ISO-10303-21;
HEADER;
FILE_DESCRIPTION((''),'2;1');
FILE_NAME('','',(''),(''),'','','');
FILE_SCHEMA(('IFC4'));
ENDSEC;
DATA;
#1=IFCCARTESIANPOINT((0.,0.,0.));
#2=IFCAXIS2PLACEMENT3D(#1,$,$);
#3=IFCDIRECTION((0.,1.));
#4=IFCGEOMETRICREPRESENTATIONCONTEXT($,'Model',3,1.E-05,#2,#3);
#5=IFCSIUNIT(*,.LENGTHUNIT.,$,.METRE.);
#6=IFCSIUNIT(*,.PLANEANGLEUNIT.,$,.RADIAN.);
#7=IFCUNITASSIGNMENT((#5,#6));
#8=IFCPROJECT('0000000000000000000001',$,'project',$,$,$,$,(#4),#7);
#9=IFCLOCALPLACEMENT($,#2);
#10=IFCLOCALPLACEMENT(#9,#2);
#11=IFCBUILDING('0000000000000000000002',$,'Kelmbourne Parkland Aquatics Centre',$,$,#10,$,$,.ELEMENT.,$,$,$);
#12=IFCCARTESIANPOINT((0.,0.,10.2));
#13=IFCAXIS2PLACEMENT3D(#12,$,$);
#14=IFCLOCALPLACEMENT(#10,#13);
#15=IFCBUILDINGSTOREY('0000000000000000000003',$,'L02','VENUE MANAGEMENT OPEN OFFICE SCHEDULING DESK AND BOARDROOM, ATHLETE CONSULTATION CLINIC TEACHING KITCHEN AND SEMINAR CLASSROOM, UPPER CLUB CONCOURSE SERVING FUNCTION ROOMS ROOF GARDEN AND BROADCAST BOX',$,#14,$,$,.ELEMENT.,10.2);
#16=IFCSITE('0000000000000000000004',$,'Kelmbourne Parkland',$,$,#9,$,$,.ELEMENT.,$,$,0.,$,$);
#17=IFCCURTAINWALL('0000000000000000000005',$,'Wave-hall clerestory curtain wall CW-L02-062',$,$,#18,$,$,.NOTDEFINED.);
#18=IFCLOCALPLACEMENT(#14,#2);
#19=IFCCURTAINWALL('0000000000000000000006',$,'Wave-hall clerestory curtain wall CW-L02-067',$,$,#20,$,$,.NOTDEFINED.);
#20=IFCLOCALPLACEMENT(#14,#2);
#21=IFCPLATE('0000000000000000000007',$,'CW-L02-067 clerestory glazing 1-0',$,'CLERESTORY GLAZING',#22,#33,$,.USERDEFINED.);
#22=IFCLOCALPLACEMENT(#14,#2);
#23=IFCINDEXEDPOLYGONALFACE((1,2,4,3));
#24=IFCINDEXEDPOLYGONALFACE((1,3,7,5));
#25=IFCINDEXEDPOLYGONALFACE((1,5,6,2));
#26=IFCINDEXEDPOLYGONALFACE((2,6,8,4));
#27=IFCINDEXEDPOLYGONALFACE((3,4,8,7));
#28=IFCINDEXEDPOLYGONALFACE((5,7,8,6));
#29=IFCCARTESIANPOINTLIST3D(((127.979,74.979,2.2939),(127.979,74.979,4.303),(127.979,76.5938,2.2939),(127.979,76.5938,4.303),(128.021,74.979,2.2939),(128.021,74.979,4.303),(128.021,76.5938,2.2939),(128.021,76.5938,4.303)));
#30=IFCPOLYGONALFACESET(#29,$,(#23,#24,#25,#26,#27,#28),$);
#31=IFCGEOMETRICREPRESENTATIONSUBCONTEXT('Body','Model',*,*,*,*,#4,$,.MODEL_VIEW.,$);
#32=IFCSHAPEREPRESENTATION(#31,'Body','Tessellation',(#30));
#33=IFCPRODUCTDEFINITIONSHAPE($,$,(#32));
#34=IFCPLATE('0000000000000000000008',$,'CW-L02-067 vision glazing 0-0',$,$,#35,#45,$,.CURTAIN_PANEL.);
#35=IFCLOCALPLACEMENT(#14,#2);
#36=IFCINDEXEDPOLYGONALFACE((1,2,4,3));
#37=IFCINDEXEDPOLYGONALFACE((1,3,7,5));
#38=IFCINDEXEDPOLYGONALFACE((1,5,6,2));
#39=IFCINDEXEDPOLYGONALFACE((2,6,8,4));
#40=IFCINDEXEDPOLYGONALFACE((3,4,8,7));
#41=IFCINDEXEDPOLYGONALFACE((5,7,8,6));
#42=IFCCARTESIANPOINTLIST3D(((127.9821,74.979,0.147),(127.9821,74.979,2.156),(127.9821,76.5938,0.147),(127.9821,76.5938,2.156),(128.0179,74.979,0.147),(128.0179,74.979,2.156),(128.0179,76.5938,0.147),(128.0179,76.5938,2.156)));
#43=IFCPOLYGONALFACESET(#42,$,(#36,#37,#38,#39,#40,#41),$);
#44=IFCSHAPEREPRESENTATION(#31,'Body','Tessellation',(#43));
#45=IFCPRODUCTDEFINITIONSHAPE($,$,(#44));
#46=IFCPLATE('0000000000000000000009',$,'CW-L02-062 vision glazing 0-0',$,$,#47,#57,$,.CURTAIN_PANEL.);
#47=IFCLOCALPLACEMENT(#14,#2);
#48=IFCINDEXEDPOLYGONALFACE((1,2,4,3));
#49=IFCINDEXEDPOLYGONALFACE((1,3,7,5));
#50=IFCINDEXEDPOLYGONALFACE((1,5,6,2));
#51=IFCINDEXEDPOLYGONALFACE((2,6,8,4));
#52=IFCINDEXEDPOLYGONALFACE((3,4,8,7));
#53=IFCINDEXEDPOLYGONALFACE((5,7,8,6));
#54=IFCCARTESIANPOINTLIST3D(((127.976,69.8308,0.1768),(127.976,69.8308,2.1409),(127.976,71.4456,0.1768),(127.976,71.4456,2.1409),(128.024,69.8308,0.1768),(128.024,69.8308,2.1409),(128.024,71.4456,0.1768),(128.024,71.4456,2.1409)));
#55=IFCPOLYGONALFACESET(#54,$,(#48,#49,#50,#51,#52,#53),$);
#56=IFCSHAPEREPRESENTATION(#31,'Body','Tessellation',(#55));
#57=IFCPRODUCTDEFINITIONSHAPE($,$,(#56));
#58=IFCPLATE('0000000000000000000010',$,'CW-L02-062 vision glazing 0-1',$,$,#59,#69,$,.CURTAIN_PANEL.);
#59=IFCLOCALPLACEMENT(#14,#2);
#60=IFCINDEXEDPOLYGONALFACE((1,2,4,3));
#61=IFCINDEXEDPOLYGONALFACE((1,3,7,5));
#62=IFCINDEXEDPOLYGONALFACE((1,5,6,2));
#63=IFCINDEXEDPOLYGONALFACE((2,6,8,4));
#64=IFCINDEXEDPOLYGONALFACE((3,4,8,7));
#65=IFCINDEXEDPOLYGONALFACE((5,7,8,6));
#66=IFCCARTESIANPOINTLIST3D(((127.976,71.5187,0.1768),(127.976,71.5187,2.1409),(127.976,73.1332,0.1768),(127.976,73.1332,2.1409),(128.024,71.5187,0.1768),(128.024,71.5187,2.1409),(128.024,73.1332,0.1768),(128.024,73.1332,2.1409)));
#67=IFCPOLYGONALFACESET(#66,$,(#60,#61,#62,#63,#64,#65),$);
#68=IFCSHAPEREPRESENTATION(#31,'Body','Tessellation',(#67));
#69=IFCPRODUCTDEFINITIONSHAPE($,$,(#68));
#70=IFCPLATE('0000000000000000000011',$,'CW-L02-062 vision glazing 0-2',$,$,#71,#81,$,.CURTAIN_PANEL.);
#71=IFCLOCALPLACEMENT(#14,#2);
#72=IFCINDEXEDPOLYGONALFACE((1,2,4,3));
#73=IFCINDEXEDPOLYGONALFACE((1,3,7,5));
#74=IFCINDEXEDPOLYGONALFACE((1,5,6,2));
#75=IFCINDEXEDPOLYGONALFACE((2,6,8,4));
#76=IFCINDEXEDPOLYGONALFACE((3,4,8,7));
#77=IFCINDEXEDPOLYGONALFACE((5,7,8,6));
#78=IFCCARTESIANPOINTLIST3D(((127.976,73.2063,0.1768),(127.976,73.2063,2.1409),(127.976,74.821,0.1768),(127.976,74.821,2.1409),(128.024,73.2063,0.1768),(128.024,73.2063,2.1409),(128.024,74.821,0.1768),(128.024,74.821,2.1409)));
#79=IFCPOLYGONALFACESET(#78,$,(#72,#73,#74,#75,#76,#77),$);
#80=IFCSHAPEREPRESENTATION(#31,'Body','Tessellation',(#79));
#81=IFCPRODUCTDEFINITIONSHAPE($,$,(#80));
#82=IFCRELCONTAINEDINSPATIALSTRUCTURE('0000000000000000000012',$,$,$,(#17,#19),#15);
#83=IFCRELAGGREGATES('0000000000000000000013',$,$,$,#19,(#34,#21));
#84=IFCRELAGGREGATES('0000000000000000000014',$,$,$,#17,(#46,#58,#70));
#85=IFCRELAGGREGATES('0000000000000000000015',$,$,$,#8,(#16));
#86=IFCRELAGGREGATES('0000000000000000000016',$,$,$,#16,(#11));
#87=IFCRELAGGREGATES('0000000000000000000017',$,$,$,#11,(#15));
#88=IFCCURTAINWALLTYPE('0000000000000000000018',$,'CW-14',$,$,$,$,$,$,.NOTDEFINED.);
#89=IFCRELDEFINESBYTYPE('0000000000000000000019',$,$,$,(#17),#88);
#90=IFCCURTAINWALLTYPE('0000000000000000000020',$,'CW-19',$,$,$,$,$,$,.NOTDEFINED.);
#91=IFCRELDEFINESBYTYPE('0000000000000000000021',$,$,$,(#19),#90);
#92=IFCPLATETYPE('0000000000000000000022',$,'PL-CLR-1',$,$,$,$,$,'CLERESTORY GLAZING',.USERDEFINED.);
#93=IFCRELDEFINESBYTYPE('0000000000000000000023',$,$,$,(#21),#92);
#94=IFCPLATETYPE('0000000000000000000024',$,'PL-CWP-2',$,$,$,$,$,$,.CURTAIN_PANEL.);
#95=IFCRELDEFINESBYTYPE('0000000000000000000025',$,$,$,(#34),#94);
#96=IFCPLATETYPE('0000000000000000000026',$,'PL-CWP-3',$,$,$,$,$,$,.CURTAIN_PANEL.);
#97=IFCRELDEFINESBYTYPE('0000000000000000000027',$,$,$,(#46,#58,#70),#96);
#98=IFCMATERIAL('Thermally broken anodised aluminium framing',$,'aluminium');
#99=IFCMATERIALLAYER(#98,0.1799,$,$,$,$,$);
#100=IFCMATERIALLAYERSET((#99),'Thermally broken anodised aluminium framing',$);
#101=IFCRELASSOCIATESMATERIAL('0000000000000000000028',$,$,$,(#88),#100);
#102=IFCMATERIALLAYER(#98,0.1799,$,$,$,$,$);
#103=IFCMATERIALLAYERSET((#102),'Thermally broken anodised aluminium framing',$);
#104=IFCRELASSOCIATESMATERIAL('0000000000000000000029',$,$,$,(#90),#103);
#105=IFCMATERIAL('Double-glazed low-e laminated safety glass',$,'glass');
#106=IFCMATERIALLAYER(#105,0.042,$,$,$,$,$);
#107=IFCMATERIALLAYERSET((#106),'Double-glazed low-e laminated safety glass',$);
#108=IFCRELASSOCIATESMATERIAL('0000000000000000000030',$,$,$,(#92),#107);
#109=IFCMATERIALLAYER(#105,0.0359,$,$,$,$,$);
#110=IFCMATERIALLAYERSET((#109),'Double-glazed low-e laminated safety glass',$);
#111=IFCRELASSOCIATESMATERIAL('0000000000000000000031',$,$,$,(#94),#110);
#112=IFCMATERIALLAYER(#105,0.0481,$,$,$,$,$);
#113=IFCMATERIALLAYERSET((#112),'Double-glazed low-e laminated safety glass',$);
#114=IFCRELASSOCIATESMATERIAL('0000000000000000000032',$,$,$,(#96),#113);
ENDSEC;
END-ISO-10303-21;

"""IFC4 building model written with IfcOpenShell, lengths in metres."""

from ifc_helpers import new_model, si_unit, direction, frame, origin, origin_2d, place, context, subcontext, project, spatial, rectangle, extrude, material, layer, layer_set, type_object, element, aggregate, save


model = new_model("IFC4")

# Units and contexts
model_context = context("Model", 3, precision=1e-05, world=origin(), true_north=direction((0.0, 1.0)))
body_context = subcontext(model_context, "Body", "Model", "MODEL_VIEW")
ifc_project = project(units=[si_unit("LENGTHUNIT", "METRE"), si_unit("PLANEANGLEUNIT", "RADIAN")], contexts=[model_context])

# Site, building, storey
site_placement = place(None, origin())
site = spatial("IfcSite", under=ifc_project, at=site_placement, Name="Kelmbourne Parkland", CompositionType="ELEMENT", RefElevation=0.0)
building_placement = place(site_placement, origin())
building = spatial("IfcBuilding", under=site, at=building_placement, Name="Kelmbourne Parkland Aquatics Centre", CompositionType="ELEMENT")
storey_placement = place(building_placement, frame((0.0, 0.0, 10.2)))
storey = spatial("IfcBuildingStorey", under=building, at=storey_placement, Name="L02", Description="VENUE MANAGEMENT OPEN OFFICE SCHEDULING DESK AND BOARDROOM, ATHLETE CONSULTATION CLINIC TEACHING KITCHEN AND SEMINAR CLASSROOM, UPPER CLUB CONCOURSE SERVING FUNCTION ROOMS ROOF GARDEN AND BROADCAST BOX", CompositionType="ELEMENT", Elevation=10.2)

# Curtain walls
ifc_material_1 = material(Name="Thermally broken anodised aluminium framing", Category="aluminium")
ifc_layer_1 = layer(ifc_material_1, 0.1799)
ifc_layer_set_1 = layer_set([ifc_layer_1], Name="Thermally broken anodised aluminium framing")
curtain_wall_type_1 = type_object("IfcCurtainWallType", Name="CW-14", PredefinedType="NOTDEFINED", material=ifc_layer_set_1)
curtain_wall_1_placement = place(storey_placement, origin())
curtain_wall_1 = element("IfcCurtainWall", 1, at=curtain_wall_1_placement, inside=storey, type_object=curtain_wall_type_1, Name="Wave-hall clerestory curtain wall CW-L02-062", PredefinedType="NOTDEFINED")
ifc_layer_2 = layer(ifc_material_1, 0.1799)
ifc_layer_set_2 = layer_set([ifc_layer_2], Name="Thermally broken anodised aluminium framing")
curtain_wall_type_2 = type_object("IfcCurtainWallType", Name="CW-19", PredefinedType="NOTDEFINED", material=ifc_layer_set_2)
curtain_wall_2_placement = place(storey_placement, origin())
curtain_wall_2 = element("IfcCurtainWall", 2, at=curtain_wall_2_placement, inside=storey, type_object=curtain_wall_type_2, Name="Wave-hall clerestory curtain wall CW-L02-067", PredefinedType="NOTDEFINED")

# Shared definitions
ifc_material_2 = material(Name="Double-glazed low-e laminated safety glass", Category="glass")
ifc_layer_3 = layer(ifc_material_2, 0.042)
ifc_layer_set_3 = layer_set([ifc_layer_3], Name="Double-glazed low-e laminated safety glass")
plate_type_1 = type_object("IfcPlateType", Name="PL-CLR-1", ElementType="CLERESTORY GLAZING", PredefinedType="USERDEFINED", material=ifc_layer_set_3)

# Plates
plate_1_placement = place(storey_placement, frame((128.0, 75.7864, 2.2939), z_axis=(0.0, 0.0, 1.0), x_axis=(0.0, 1.0, 0.0)))
plate_1 = element("IfcPlate", 3, at=plate_1_placement, type_object=plate_type_1, Name="CW-L02-067 clerestory glazing 1-0", ObjectType="CLERESTORY GLAZING", PredefinedType="USERDEFINED", context=body_context, shape_type="SweptSolid", body=[
    extrude(rectangle(XDim=1.6147, YDim=0.042, at=origin_2d()), origin(), (0.0, 0.0, 1.0), 2.009),
])
ifc_layer_4 = layer(ifc_material_2, 0.0359)
ifc_layer_set_4 = layer_set([ifc_layer_4], Name="Double-glazed low-e laminated safety glass")
plate_type_2 = type_object("IfcPlateType", Name="PL-CWP-2", PredefinedType="CURTAIN_PANEL", material=ifc_layer_set_4)
plate_2_placement = place(storey_placement, frame((128.0, 75.7864, 0.147), z_axis=(0.0, 0.0, 1.0), x_axis=(0.0, 1.0, 0.0)))
plate_2 = element("IfcPlate", 4, at=plate_2_placement, type_object=plate_type_2, Name="CW-L02-067 vision glazing 0-0", PredefinedType="CURTAIN_PANEL", context=body_context, shape_type="SweptSolid", body=[
    extrude(rectangle(XDim=1.6147, YDim=0.0359, at=origin_2d()), origin(), (0.0, 0.0, 1.0), 2.009),
])
aggregate(curtain_wall_2, [plate_2, plate_1])
ifc_layer_5 = layer(ifc_material_2, 0.0481)
ifc_layer_set_5 = layer_set([ifc_layer_5], Name="Double-glazed low-e laminated safety glass")
plate_type_3 = type_object("IfcPlateType", Name="PL-CWP-3", PredefinedType="CURTAIN_PANEL", material=ifc_layer_set_5)
plate_3_placement = place(storey_placement, frame((128.0, 70.6382, 0.1768), z_axis=(0.0, 0.0, 1.0), x_axis=(0.0, 1.0, 0.0)))
plate_3 = element("IfcPlate", 5, at=plate_3_placement, type_object=plate_type_3, Name="CW-L02-062 vision glazing 0-0", PredefinedType="CURTAIN_PANEL", context=body_context, shape_type="SweptSolid", body=[
    extrude(rectangle(XDim=1.6147, YDim=0.0481, at=origin_2d()), origin(), (0.0, 0.0, 1.0), 1.9641),
])
plate_4_placement = place(storey_placement, frame((128.0, 72.3259, 0.1768), z_axis=(0.0, 0.0, 1.0), x_axis=(0.0, 1.0, 0.0)))
plate_4 = element("IfcPlate", 6, at=plate_4_placement, type_object=plate_type_3, Name="CW-L02-062 vision glazing 0-1", PredefinedType="CURTAIN_PANEL", context=body_context, shape_type="SweptSolid", body=[
    extrude(rectangle(XDim=1.6145, YDim=0.0481, at=origin_2d()), origin(), (0.0, 0.0, 1.0), 1.9641),
])
plate_5_placement = place(storey_placement, frame((128.0, 74.0137, 0.1768), z_axis=(0.0, 0.0, 1.0), x_axis=(0.0, 1.0, 0.0)))
plate_5 = element("IfcPlate", 7, at=plate_5_placement, type_object=plate_type_3, Name="CW-L02-062 vision glazing 0-2", PredefinedType="CURTAIN_PANEL", context=body_context, shape_type="SweptSolid", body=[
    extrude(rectangle(XDim=1.6147, YDim=0.0481, at=origin_2d()), origin(), (0.0, 0.0, 1.0), 1.9641),
])
aggregate(curtain_wall_1, [plate_3, plate_4, plate_5])

save(model, "model.ifc")
